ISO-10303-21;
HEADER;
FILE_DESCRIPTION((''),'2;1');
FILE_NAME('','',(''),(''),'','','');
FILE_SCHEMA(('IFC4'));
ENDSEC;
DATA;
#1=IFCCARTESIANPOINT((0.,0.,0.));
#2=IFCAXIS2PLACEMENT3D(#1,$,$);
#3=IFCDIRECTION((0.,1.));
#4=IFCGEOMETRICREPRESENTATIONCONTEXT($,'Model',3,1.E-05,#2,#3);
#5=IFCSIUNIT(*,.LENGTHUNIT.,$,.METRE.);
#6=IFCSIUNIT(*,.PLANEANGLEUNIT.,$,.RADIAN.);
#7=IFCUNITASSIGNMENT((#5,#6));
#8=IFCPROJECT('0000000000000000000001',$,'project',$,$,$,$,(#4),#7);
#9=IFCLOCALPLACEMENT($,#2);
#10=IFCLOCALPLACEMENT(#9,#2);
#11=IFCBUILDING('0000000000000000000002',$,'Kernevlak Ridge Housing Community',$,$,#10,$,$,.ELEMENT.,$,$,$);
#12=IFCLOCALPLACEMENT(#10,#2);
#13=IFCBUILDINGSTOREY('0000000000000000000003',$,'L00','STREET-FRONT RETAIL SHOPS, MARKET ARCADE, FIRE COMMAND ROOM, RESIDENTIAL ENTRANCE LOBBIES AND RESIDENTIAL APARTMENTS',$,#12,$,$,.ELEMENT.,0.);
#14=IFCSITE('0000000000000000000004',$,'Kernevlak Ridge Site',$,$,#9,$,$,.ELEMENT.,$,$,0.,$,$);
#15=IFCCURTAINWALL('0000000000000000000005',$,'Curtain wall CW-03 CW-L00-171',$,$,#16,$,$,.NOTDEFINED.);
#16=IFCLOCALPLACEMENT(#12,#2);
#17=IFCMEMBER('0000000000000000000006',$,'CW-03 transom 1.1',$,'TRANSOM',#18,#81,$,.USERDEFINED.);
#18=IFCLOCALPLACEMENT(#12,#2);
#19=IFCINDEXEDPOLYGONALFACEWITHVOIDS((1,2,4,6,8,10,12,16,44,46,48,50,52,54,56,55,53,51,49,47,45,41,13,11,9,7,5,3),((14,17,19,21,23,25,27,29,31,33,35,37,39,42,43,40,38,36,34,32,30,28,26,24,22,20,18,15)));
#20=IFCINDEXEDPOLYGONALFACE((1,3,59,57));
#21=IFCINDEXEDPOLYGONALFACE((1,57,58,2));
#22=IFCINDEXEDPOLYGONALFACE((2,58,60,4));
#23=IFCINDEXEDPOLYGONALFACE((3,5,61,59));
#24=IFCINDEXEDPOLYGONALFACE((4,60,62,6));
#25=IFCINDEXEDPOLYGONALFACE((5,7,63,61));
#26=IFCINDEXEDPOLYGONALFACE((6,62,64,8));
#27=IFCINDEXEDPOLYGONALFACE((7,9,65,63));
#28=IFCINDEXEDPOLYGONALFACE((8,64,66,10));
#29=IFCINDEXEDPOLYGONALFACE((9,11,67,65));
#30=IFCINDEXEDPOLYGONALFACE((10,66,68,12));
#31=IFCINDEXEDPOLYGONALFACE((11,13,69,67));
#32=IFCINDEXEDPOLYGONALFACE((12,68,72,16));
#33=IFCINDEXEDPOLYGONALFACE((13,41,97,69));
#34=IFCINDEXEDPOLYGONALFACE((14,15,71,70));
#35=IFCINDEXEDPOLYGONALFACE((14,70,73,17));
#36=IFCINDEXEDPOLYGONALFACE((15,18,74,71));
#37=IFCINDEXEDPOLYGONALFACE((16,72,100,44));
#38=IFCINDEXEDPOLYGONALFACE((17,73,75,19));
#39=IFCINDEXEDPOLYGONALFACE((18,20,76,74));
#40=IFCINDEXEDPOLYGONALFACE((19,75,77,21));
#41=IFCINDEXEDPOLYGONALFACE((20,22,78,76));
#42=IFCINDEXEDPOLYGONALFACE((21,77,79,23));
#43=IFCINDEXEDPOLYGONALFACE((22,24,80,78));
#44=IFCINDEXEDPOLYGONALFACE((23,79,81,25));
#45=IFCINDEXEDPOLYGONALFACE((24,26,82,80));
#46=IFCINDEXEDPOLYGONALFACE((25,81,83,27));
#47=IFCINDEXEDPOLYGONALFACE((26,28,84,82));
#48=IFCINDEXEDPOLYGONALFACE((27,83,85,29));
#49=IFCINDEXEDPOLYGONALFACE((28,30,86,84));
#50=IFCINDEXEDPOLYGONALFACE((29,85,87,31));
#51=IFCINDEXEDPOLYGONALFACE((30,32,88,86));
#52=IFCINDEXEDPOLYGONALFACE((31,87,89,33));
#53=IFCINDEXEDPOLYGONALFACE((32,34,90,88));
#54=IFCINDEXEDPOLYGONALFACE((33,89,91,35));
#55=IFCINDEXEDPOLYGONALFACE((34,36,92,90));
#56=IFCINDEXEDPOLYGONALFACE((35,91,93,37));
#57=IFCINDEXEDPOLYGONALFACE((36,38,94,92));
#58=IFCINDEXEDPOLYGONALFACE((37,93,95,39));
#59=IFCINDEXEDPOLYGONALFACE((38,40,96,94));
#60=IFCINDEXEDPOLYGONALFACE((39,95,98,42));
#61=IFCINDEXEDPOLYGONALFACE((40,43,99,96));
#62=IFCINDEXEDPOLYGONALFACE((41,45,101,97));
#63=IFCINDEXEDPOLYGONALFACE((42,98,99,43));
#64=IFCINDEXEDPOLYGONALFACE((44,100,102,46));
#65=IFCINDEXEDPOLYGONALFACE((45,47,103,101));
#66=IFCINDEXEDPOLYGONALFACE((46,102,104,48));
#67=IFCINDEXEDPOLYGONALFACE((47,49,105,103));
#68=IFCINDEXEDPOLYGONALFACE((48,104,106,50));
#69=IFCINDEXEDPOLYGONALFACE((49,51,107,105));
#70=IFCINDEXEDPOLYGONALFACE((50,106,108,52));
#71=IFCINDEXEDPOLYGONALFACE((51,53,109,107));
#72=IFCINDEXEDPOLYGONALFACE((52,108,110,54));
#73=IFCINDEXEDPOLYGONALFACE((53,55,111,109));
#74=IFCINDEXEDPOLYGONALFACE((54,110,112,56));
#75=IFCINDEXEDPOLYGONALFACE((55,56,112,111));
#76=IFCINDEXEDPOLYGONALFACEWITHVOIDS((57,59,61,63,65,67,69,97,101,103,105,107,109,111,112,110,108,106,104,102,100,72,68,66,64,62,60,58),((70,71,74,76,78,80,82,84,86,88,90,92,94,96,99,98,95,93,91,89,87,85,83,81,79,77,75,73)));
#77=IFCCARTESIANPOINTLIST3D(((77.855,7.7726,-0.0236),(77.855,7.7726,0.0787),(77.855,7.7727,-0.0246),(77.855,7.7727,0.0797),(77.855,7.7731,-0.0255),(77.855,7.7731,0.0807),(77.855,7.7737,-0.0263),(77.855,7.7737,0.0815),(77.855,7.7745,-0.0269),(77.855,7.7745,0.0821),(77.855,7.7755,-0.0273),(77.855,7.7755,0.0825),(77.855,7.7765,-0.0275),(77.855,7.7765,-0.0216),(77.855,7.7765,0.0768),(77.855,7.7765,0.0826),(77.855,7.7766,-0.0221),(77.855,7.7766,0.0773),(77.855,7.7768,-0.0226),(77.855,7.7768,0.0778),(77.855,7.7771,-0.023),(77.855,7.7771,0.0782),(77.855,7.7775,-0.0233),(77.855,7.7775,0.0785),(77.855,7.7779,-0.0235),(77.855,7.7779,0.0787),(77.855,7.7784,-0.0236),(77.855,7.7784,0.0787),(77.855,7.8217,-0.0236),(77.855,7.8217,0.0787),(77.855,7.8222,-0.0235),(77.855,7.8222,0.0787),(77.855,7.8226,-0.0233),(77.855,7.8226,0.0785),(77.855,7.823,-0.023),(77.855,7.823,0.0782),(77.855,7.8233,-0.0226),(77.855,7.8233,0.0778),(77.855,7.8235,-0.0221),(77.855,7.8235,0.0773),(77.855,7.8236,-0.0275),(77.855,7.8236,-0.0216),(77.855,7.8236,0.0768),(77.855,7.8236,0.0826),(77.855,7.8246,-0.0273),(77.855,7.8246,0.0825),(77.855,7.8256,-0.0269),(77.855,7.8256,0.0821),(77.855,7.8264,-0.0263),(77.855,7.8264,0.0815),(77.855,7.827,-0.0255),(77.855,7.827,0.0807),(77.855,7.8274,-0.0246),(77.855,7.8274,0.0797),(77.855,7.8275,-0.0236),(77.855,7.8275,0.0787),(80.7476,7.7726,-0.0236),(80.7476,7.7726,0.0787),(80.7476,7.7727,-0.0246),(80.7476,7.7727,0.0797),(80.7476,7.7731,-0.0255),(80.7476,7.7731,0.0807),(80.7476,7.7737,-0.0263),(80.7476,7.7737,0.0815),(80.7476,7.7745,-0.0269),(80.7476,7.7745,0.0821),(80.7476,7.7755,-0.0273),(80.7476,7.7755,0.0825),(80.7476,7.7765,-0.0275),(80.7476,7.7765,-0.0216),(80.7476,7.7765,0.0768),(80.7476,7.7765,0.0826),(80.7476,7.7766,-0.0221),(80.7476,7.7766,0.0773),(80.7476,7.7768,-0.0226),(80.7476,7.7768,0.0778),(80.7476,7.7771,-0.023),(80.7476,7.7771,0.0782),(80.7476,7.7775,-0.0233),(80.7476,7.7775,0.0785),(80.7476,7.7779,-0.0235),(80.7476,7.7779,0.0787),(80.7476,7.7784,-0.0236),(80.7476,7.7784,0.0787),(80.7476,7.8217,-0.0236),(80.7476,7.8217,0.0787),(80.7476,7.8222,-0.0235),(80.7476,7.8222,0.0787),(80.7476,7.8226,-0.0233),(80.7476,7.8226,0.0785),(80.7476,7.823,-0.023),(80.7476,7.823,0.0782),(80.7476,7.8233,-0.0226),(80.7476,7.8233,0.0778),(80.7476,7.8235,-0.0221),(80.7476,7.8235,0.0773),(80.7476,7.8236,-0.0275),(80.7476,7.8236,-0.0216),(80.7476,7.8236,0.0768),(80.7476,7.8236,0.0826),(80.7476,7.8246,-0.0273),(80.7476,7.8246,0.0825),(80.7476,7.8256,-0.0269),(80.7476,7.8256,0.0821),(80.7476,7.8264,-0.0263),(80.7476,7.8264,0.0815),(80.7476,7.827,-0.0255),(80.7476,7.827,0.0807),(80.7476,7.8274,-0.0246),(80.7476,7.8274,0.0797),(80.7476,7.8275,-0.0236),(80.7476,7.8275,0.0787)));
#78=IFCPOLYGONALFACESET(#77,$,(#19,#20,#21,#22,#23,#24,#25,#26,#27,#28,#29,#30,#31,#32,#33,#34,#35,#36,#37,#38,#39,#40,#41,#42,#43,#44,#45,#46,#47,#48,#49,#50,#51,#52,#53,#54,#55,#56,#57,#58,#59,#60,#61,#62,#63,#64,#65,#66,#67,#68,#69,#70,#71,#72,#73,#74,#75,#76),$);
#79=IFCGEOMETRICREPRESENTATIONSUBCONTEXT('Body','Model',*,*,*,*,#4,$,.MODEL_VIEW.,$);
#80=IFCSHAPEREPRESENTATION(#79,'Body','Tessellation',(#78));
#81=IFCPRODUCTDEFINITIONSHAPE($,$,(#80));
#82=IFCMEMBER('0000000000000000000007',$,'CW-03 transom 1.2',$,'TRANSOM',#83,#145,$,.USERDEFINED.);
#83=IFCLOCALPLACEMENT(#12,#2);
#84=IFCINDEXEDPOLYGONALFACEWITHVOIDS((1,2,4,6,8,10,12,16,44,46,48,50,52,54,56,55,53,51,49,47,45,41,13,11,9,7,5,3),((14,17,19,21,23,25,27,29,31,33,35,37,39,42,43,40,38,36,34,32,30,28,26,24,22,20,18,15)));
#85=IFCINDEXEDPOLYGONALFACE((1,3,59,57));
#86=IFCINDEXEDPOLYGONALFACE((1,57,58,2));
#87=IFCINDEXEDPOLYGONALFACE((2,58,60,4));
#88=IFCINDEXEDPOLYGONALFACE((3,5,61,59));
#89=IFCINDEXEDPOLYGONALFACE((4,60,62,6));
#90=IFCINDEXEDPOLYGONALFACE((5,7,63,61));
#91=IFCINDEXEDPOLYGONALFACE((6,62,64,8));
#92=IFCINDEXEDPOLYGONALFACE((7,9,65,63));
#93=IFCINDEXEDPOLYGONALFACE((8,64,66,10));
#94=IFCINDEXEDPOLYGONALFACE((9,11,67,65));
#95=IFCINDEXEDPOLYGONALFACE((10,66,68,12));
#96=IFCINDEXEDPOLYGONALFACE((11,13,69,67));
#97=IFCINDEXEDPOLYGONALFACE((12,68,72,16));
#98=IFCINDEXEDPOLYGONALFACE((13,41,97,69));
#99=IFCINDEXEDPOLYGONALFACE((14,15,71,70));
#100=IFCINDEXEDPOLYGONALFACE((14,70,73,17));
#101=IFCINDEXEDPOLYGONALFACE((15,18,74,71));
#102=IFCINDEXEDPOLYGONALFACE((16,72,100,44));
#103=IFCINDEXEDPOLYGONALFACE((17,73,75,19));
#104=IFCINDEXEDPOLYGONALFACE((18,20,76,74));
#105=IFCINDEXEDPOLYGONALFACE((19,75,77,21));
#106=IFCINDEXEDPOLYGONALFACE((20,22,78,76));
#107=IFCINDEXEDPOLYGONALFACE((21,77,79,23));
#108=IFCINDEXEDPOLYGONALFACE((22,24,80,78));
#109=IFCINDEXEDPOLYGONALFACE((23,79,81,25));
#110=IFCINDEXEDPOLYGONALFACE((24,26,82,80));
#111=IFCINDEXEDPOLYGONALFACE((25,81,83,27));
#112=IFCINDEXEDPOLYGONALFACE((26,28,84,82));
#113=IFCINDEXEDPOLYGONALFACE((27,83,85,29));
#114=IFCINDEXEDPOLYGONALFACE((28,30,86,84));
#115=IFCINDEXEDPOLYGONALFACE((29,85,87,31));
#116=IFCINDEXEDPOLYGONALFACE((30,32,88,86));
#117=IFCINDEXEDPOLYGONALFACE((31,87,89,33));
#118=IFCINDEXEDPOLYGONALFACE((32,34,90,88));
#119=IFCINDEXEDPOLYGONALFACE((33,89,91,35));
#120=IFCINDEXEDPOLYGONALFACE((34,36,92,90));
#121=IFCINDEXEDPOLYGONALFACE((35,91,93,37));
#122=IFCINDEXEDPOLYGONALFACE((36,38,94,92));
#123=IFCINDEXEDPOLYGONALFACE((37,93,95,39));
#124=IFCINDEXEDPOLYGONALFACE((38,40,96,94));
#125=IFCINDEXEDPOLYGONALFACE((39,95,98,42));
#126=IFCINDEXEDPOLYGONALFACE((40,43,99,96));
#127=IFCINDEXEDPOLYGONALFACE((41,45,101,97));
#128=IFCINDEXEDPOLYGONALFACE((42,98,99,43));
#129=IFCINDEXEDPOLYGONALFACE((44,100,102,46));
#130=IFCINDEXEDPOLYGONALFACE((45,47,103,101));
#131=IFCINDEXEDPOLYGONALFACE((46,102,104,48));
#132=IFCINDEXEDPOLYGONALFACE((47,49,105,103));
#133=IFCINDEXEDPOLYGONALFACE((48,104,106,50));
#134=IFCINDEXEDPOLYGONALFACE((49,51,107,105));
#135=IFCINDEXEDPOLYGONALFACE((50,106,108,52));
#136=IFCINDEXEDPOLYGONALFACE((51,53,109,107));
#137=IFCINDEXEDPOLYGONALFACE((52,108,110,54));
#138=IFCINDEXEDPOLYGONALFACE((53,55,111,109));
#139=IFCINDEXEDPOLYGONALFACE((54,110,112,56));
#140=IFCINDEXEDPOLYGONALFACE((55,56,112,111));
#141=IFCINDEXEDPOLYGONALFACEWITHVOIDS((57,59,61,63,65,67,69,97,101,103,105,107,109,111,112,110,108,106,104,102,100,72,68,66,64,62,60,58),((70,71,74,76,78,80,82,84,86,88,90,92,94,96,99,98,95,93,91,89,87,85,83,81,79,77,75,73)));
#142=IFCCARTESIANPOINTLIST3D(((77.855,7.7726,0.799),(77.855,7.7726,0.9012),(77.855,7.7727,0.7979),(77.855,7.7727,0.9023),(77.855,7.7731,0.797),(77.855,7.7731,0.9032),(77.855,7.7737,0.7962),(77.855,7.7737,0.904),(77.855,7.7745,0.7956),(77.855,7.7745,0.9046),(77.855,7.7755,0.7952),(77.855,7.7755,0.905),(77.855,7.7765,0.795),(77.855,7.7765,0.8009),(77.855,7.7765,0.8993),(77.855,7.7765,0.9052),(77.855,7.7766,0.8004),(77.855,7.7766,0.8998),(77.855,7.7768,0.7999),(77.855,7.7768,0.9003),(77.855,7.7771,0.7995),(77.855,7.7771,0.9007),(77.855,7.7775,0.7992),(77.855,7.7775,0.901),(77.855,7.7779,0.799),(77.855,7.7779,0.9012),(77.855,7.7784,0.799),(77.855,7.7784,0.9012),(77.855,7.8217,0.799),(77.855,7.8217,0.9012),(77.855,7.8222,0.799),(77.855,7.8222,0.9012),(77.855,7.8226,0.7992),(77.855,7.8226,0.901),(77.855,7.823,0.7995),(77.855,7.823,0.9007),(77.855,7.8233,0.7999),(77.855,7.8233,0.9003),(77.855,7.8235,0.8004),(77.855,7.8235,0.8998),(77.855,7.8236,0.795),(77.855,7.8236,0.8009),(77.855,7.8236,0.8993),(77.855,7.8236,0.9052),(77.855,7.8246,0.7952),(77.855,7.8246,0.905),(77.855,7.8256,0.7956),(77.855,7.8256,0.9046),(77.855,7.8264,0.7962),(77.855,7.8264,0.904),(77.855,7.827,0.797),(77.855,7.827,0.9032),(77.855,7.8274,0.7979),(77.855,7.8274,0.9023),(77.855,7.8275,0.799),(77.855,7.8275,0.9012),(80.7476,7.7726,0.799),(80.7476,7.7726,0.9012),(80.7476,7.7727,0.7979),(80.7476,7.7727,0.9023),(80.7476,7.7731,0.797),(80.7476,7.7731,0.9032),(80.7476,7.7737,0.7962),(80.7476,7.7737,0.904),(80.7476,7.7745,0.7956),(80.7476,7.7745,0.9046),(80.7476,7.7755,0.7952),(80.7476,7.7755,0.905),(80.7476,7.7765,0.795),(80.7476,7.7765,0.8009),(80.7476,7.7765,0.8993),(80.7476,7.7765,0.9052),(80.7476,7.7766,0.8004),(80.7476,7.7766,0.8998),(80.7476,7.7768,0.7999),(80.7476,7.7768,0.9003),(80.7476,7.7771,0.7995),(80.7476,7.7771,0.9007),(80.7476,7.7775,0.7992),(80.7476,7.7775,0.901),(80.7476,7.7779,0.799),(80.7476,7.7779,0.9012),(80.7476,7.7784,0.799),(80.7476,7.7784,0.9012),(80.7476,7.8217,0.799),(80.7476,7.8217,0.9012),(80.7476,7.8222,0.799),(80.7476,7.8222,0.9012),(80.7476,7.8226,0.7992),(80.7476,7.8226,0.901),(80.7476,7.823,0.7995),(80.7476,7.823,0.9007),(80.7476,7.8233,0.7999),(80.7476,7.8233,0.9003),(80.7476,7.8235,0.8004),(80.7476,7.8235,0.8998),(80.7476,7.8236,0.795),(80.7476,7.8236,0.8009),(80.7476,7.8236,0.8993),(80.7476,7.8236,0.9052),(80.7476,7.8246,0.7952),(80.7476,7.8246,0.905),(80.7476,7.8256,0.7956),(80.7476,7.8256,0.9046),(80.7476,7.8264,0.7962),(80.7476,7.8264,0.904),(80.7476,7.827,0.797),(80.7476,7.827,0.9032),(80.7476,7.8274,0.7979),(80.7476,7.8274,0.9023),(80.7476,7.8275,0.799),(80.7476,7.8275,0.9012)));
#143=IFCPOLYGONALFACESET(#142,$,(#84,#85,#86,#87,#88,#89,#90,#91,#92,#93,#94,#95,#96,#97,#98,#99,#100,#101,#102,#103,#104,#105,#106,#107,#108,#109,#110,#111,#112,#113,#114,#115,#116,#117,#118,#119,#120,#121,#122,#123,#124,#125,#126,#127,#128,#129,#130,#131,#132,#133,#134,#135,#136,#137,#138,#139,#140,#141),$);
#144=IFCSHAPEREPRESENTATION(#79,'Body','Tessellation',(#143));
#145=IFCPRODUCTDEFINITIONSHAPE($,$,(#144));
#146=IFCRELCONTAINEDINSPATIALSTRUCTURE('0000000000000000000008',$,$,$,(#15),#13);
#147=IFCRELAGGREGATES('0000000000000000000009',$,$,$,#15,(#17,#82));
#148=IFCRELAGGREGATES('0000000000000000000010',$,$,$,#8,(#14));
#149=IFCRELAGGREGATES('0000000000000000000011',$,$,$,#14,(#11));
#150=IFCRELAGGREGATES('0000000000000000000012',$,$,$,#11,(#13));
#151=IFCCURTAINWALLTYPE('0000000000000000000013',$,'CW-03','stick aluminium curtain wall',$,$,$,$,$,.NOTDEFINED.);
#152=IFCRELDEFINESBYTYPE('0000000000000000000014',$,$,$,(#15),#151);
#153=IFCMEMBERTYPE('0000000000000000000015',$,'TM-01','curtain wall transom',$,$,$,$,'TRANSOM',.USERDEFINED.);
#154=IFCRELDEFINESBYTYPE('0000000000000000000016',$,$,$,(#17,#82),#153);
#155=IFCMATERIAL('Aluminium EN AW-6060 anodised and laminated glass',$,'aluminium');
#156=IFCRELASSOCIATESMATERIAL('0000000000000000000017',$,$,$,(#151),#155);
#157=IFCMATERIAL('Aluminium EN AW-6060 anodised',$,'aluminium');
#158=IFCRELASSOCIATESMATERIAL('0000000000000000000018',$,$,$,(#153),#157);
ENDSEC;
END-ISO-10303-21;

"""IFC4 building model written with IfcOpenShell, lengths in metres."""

from ifc_helpers import new_model, si_unit, direction, frame, origin, origin_2d, place, context, subcontext, project, spatial, hollow_rectangle, extrude, material, material_profile, profile_set, type_object, element, aggregate, save


model = new_model("IFC4")

# Units and contexts
model_context = context("Model", 3, precision=1e-05, world=origin(), true_north=direction((0.0, 1.0)))
body_context = subcontext(model_context, "Body", "Model", "MODEL_VIEW")
ifc_project = project(units=[si_unit("LENGTHUNIT", "METRE"), si_unit("PLANEANGLEUNIT", "RADIAN")], contexts=[model_context])

# Site, building, storey
site_placement = place(None, origin())
site = spatial("IfcSite", under=ifc_project, at=site_placement, Name="Kernevlak Ridge Site", CompositionType="ELEMENT", RefElevation=0.0)
building_placement = place(site_placement, origin())
building = spatial("IfcBuilding", under=site, at=building_placement, Name="Kernevlak Ridge Housing Community", CompositionType="ELEMENT")
storey_placement = place(building_placement, origin())
storey = spatial("IfcBuildingStorey", under=building, at=storey_placement, Name="L00", Description="STREET-FRONT RETAIL SHOPS, MARKET ARCADE, FIRE COMMAND ROOM, RESIDENTIAL ENTRANCE LOBBIES AND RESIDENTIAL APARTMENTS", CompositionType="ELEMENT", Elevation=0.0)

# Curtain wall
ifc_material_1 = material(Name="Aluminium EN AW-6060 anodised and laminated glass", Category="aluminium")
curtain_wall_type = type_object("IfcCurtainWallType", Name="CW-03", Description="stick aluminium curtain wall", PredefinedType="NOTDEFINED", material=ifc_material_1)
curtain_wall_placement = place(storey_placement, origin())
curtain_wall = element("IfcCurtainWall", 1, at=curtain_wall_placement, inside=storey, type_object=curtain_wall_type, Name="Curtain wall CW-03 CW-L00-171", PredefinedType="NOTDEFINED")
ifc_material_2 = material(Name="Aluminium EN AW-6060 anodised", Category="aluminium")

# Members
ifc_material_profile_1 = material_profile(ifc_material_2, hollow_rectangle(XDim=0.0549, YDim=0.1101, WallThickness=0.0039, InnerFilletRadius=0.002, OuterFilletRadius=0.0039, at=origin_2d()), Name="ALU 55x110x4")
ifc_profile_set_1 = profile_set([ifc_material_profile_1], Name="Aluminium EN AW-6060 anodised")
member_type_1 = type_object("IfcMemberType", Name="TM-01", Description="curtain wall transom", ElementType="TRANSOM", PredefinedType="USERDEFINED", material=ifc_profile_set_1)
member_1_placement = place(storey_placement, frame((77.855, 7.8, 0.0276), z_axis=(1.0, 0.0, 0.0), x_axis=(0.0, 1.0, 0.0)))
member_1 = element("IfcMember", 2, at=member_1_placement, type_object=member_type_1, Name="CW-03 transom 1.1", ObjectType="TRANSOM", PredefinedType="USERDEFINED", context=body_context, shape_type="SweptSolid", body=[
    extrude(hollow_rectangle(XDim=0.0549, YDim=0.1101, WallThickness=0.0039, InnerFilletRadius=0.002, OuterFilletRadius=0.0039, at=origin_2d()), origin(), (0.0, 0.0, 1.0), 2.8926),
])
member_2_placement = place(storey_placement, frame((77.855, 7.8, 0.8501), z_axis=(1.0, 0.0, 0.0), x_axis=(0.0, 1.0, 0.0)))
member_2 = element("IfcMember", 3, at=member_2_placement, type_object=member_type_1, Name="CW-03 transom 1.2", ObjectType="TRANSOM", PredefinedType="USERDEFINED", context=body_context, shape_type="SweptSolid", body=[
    extrude(hollow_rectangle(XDim=0.0549, YDim=0.1101, WallThickness=0.0039, InnerFilletRadius=0.002, OuterFilletRadius=0.0039, at=origin_2d()), origin(), (0.0, 0.0, 1.0), 2.8926),
])

aggregate(curtain_wall, [member_1, member_2])

save(model, "model.ifc")
